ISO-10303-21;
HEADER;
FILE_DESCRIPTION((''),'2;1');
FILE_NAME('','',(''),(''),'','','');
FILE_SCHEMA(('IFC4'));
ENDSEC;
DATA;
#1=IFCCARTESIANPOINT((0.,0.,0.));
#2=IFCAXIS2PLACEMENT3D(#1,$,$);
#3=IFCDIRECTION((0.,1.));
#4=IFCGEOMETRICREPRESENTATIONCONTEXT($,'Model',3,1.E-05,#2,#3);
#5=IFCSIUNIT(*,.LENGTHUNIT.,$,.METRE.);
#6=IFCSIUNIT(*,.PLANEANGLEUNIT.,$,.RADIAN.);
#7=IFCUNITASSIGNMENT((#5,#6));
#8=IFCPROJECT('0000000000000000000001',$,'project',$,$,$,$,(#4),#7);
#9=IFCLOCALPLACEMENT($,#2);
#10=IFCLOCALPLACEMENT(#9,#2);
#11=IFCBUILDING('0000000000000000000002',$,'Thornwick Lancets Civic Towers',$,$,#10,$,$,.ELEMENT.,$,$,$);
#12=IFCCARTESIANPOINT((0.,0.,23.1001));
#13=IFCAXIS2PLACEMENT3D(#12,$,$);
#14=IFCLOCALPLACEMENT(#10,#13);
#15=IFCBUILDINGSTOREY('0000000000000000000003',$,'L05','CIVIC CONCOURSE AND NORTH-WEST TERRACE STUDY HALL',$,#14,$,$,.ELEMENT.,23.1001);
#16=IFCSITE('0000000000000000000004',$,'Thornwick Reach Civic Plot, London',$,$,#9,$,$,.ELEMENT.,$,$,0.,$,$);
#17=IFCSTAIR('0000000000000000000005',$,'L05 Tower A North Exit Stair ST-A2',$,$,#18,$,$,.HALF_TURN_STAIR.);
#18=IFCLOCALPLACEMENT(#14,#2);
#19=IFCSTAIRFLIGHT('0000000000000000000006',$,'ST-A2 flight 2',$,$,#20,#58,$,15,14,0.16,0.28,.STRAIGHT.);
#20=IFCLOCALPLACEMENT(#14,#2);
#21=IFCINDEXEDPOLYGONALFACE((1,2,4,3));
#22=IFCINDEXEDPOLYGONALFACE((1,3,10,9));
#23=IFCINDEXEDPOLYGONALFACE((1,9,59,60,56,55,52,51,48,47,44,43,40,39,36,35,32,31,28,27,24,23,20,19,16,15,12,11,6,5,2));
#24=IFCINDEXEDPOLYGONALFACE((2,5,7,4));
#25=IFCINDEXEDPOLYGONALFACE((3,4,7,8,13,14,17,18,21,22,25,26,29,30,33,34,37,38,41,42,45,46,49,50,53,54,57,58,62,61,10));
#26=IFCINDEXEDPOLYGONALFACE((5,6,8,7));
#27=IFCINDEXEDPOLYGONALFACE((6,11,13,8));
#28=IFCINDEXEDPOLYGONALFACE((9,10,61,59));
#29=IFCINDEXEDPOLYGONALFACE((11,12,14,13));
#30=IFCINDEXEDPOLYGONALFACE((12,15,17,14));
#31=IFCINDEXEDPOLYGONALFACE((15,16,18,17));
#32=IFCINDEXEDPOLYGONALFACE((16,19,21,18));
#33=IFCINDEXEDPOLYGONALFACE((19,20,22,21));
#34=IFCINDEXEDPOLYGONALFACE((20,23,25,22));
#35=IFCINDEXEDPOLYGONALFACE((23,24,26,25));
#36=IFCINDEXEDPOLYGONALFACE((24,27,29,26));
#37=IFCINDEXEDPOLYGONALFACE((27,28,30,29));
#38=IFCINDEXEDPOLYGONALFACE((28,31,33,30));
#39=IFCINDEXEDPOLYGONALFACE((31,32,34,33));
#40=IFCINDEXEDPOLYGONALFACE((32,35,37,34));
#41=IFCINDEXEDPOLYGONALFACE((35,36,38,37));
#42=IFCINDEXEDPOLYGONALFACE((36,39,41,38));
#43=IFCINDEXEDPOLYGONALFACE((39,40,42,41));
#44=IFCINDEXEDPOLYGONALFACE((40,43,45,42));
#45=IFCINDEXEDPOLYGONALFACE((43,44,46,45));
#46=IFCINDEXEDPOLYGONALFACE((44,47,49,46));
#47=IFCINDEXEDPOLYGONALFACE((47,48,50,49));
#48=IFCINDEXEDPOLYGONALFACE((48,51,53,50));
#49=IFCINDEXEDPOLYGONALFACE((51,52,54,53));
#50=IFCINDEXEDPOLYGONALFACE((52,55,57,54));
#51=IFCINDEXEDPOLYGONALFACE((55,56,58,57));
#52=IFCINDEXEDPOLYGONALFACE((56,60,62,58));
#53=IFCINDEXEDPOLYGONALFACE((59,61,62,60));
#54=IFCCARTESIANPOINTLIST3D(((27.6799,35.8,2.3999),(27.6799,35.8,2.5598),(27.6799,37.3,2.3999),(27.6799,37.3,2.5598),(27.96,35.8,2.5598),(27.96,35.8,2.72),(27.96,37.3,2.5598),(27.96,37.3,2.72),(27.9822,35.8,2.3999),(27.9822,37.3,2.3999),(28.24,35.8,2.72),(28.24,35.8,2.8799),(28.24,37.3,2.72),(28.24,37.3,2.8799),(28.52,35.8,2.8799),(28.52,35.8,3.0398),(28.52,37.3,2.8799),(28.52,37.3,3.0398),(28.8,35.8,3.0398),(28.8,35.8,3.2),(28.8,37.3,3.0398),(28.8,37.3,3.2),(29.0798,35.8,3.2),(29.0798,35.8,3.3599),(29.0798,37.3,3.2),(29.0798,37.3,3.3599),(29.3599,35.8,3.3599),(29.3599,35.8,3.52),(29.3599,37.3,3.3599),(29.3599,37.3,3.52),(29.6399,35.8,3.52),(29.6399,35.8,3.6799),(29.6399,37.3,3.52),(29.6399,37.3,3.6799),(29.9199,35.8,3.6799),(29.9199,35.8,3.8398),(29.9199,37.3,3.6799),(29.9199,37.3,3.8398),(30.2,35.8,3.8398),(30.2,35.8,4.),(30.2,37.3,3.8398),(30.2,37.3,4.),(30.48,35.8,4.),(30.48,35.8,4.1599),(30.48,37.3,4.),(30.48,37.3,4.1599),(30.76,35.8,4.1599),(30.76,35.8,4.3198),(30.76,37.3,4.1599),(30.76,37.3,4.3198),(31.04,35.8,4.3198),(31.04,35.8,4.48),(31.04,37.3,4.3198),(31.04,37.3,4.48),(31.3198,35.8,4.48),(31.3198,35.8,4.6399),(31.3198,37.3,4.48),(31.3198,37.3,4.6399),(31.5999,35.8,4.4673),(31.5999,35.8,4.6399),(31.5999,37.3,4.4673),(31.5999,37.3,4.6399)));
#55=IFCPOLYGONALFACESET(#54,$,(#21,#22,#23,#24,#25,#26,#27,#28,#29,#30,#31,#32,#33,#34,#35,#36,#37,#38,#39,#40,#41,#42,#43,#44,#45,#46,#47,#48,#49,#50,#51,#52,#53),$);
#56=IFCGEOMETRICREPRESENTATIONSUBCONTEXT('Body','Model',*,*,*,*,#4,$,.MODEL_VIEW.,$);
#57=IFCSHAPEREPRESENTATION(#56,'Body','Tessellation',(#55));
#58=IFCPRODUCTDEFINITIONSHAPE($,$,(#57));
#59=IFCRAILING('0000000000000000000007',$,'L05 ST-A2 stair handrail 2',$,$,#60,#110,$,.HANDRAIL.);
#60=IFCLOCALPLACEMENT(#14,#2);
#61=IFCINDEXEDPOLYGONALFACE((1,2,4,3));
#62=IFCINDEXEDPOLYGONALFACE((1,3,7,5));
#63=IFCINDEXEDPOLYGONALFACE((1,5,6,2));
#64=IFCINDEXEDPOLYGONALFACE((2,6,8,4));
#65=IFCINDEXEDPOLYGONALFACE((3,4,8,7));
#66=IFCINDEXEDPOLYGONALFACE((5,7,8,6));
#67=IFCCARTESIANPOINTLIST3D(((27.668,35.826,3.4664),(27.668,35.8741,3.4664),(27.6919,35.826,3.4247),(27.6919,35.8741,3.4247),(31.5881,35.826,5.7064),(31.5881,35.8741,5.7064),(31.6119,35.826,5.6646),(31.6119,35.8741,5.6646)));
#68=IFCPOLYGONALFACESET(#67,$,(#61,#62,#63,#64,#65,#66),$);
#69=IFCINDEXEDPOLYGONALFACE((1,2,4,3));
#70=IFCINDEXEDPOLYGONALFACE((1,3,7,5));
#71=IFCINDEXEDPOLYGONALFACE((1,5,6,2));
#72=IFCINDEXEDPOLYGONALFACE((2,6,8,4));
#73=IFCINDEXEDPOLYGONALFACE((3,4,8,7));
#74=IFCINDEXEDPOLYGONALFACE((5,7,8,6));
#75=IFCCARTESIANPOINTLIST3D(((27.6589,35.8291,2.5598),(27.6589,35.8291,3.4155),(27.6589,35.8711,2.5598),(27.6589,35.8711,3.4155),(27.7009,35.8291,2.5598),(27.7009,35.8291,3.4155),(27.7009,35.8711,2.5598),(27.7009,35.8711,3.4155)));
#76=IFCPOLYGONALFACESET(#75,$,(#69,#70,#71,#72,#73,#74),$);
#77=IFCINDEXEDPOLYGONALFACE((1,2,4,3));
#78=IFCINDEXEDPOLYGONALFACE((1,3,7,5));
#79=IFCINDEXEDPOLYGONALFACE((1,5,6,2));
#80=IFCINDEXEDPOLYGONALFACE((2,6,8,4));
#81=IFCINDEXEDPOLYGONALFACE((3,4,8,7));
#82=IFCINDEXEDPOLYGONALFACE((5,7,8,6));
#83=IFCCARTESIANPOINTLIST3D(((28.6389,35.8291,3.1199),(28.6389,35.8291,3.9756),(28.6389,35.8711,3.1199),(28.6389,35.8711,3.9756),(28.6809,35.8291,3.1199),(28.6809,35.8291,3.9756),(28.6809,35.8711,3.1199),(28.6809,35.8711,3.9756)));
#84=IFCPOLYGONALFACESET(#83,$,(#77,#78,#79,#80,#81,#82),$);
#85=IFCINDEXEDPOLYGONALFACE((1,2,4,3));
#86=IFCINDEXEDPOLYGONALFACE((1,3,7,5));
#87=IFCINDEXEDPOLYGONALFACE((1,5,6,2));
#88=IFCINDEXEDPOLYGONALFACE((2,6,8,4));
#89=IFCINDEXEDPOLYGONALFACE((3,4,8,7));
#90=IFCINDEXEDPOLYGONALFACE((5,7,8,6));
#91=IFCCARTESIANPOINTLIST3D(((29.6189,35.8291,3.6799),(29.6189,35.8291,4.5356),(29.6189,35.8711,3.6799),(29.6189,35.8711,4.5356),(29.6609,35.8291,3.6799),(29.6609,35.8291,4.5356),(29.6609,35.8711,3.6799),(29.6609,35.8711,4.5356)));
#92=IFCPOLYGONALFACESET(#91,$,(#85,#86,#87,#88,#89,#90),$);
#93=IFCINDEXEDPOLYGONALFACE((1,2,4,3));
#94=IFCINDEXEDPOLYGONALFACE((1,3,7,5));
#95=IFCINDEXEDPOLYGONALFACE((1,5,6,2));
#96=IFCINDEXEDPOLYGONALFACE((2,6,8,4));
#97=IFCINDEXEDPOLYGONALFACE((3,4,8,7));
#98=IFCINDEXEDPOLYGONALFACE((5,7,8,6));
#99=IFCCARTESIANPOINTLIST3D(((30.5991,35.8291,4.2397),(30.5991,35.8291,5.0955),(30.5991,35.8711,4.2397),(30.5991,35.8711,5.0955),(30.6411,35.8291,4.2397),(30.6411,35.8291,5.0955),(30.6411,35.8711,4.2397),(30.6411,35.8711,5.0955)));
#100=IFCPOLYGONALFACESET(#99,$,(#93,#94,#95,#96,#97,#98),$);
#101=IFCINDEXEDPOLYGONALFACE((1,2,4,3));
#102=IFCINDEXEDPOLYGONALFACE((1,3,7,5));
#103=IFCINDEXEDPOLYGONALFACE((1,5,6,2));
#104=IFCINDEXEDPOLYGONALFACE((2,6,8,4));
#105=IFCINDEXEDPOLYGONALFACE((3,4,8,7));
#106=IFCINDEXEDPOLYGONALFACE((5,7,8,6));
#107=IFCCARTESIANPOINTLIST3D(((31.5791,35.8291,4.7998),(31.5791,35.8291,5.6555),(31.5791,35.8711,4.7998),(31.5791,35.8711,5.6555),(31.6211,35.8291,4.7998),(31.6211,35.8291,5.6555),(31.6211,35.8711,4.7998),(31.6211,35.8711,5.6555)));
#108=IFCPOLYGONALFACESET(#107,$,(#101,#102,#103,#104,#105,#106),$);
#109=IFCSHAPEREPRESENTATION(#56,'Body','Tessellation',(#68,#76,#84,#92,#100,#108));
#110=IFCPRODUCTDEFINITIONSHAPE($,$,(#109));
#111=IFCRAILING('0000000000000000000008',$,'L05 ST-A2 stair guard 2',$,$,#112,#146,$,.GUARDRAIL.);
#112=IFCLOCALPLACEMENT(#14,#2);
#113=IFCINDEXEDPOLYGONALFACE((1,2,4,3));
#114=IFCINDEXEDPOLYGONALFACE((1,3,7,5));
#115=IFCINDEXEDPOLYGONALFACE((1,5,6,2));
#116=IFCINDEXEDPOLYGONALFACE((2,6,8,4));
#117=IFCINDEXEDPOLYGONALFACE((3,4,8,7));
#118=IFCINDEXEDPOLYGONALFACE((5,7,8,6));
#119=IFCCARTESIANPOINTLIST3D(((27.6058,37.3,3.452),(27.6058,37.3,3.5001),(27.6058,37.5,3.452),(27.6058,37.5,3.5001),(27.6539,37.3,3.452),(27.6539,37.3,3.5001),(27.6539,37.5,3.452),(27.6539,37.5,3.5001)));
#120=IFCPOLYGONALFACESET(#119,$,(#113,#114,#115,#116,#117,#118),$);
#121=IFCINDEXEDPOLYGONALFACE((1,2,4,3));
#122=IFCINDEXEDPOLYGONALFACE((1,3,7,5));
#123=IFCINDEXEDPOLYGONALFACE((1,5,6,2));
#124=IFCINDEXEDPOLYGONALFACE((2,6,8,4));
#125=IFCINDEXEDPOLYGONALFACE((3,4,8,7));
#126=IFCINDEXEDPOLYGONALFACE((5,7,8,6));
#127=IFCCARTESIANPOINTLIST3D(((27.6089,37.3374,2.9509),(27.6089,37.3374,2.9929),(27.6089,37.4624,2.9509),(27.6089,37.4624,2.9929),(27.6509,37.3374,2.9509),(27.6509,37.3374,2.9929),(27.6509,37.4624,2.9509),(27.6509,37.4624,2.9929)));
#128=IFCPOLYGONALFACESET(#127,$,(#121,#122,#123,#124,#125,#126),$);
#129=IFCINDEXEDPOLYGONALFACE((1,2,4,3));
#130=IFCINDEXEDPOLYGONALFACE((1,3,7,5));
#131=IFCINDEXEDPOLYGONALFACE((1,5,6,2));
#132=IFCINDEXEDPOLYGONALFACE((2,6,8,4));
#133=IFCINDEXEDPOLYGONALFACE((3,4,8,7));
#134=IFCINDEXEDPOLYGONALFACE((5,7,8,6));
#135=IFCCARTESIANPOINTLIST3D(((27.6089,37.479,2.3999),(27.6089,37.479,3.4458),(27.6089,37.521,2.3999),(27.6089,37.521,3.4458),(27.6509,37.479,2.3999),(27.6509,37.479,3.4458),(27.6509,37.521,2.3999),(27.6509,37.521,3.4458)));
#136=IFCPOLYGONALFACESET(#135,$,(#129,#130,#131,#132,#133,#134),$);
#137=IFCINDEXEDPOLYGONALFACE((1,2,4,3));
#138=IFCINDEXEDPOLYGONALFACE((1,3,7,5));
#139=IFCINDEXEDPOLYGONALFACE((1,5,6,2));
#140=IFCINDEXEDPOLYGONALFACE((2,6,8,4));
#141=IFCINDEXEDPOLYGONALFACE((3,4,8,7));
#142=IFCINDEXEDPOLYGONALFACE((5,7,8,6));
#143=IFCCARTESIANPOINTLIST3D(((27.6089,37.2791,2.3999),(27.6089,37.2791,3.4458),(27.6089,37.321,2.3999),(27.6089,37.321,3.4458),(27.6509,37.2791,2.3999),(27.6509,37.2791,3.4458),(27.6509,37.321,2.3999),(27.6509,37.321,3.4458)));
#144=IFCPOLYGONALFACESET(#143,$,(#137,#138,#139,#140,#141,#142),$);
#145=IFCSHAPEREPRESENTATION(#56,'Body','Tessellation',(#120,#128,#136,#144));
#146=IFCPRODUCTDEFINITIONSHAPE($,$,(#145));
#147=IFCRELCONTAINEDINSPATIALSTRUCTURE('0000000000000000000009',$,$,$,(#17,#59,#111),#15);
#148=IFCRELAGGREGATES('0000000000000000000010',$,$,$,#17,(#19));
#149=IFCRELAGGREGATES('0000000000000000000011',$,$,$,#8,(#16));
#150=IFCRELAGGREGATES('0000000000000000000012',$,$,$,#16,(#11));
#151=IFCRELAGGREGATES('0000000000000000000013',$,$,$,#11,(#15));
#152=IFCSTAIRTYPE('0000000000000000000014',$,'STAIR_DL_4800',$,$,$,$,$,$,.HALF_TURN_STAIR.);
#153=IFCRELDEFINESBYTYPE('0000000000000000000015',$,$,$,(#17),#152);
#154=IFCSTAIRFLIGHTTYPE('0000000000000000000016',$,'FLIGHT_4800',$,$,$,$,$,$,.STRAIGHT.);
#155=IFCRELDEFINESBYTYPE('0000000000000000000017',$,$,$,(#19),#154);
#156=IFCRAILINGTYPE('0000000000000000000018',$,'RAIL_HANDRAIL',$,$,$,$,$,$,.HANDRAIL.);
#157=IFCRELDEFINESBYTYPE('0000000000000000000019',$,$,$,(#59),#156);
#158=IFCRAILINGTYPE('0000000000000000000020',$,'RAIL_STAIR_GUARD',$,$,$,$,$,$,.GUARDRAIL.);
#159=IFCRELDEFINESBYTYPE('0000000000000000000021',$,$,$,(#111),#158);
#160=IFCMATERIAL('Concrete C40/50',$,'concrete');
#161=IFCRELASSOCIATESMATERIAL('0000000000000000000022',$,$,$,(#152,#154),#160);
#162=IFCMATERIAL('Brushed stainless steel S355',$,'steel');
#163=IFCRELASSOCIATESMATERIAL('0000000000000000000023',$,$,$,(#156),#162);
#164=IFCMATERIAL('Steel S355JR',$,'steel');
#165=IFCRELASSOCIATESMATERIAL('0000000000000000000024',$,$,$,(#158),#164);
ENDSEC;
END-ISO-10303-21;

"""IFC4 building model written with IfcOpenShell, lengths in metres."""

from ifc_helpers import new_model, si_unit, direction, frame, origin, origin_2d, place, context, subcontext, project, spatial, polyline, rectangle, outline, extrude, material, type_object, element, aggregate, save


model = new_model("IFC4")

# Units and contexts
model_context = context("Model", 3, precision=1e-05, world=origin(), true_north=direction((0.0, 1.0)))
body_context = subcontext(model_context, "Body", "Model", "MODEL_VIEW")
ifc_project = project(units=[si_unit("LENGTHUNIT", "METRE"), si_unit("PLANEANGLEUNIT", "RADIAN")], contexts=[model_context])

# Site, building, storey
site_placement = place(None, origin())
site = spatial("IfcSite", under=ifc_project, at=site_placement, Name="Thornwick Reach Civic Plot, London", CompositionType="ELEMENT", RefElevation=0.0)
building_placement = place(site_placement, origin())
building = spatial("IfcBuilding", under=site, at=building_placement, Name="Thornwick Lancets Civic Towers", CompositionType="ELEMENT")
storey_placement = place(building_placement, frame((0.0, 0.0, 23.1001)))
storey = spatial("IfcBuildingStorey", under=building, at=storey_placement, Name="L05", Description="CIVIC CONCOURSE AND NORTH-WEST TERRACE STUDY HALL", CompositionType="ELEMENT", Elevation=23.1001)

# Shared definitions
ifc_material_1 = material(Name="Concrete C40/50", Category="concrete")

# Stair, stair flight
stair_type = type_object("IfcStairType", Name="STAIR_DL_4800", PredefinedType="HALF_TURN_STAIR", material=ifc_material_1)
stair_placement = place(storey_placement, origin())
stair = element("IfcStair", 1, at=stair_placement, inside=storey, type_object=stair_type, Name="L05 Tower A North Exit Stair ST-A2", PredefinedType="HALF_TURN_STAIR")
stair_flight_type = type_object("IfcStairFlightType", Name="FLIGHT_4800", PredefinedType="STRAIGHT", material=ifc_material_1)
stair_flight_placement = place(storey_placement, frame((27.6799, 36.55, 2.3999), z_axis=(0.0, 0.0, 1.0), x_axis=(1.0, 0.0, 0.0)))
stair_flight = element("IfcStairFlight", 2, at=stair_flight_placement, type_object=stair_flight_type, Name="ST-A2 flight 2", NumberOfRisers=15, NumberOfTreads=14, PredefinedType="STRAIGHT", RiserHeight=0.16, TreadLength=0.28, context=body_context, shape_type="SweptSolid", body=[
    extrude(outline(polyline([(0.0, 0.0), (0.0, 0.1599), (0.28, 0.1599), (0.28, 0.3201), (0.5601, 0.3201), (0.5601, 0.48), (0.8401, 0.48), (0.8401, 0.6399), (1.1201, 0.6399), (1.1201, 0.8), (1.3999, 0.8), (1.3999, 0.96), (1.6799, 0.96), (1.6799, 1.1201), (1.96, 1.1201), (1.96, 1.28), (2.24, 1.28), (2.24, 1.4399), (2.52, 1.4399), (2.52, 1.6001), (2.8, 1.6001), (2.8, 1.76), (3.0801, 1.76), (3.0801, 1.9199), (3.3601, 1.9199), (3.3601, 2.0801), (3.6399, 2.0801), (3.6399, 2.24), (3.9199, 2.24), (3.9199, 2.3999), (3.9199, 2.0674), (0.3022, 0.0), (0.0, 0.0)])), frame((0.0, 0.75, 0.0), z_axis=(0.0, -1.0, 0.0), x_axis=(1.0, 0.0, 0.0)), (0.0, 0.0, 1.0), 1.5),
])
aggregate(stair, [stair_flight])

# Railings
ifc_material_2 = material(Name="Brushed stainless steel S355", Category="steel")
railing_type_1 = type_object("IfcRailingType", Name="RAIL_HANDRAIL", PredefinedType="HANDRAIL", material=ifc_material_2)
railing_1_placement = place(storey_placement, frame((27.6799, 35.8501, 2.5598)))
element("IfcRailing", 3, at=railing_1_placement, inside=storey, type_object=railing_type_1, Name="L05 ST-A2 stair handrail 2", PredefinedType="HANDRAIL", context=body_context, shape_type="SweptSolid", body=[
    extrude(rectangle(XDim=0.0481, YDim=0.0481, at=origin_2d()), frame((0.0, 0.0, 0.8857), z_axis=(0.868253, 0.0, 0.496121), x_axis=(0.0, 1.0, 0.0)), (0.0, 0.0, 1.0), 4.5149),
    extrude(rectangle(XDim=0.042, YDim=0.042, at=origin_2d()), origin(), (0.0, 0.0, 1.0), 0.8557),
    extrude(rectangle(XDim=0.042, YDim=0.042, at=origin_2d()), frame((0.98, 0.0, 0.5601)), (0.0, 0.0, 1.0), 0.8557),
    extrude(rectangle(XDim=0.042, YDim=0.042, at=origin_2d()), frame((1.96, 0.0, 1.1201)), (0.0, 0.0, 1.0), 0.8557),
    extrude(rectangle(XDim=0.042, YDim=0.042, at=origin_2d()), frame((2.9402, 0.0, 1.6799)), (0.0, 0.0, 1.0), 0.8557),
    extrude(rectangle(XDim=0.042, YDim=0.042, at=origin_2d()), frame((3.9202, 0.0, 2.24)), (0.0, 0.0, 1.0), 0.8557),
])
ifc_material_3 = material(Name="Steel S355JR", Category="steel")
railing_type_2 = type_object("IfcRailingType", Name="RAIL_STAIR_GUARD", PredefinedType="GUARDRAIL", material=ifc_material_3)
railing_2_placement = place(storey_placement, frame((27.6299, 37.5, 2.3999)))
element("IfcRailing", 4, at=railing_2_placement, inside=storey, type_object=railing_type_2, Name="L05 ST-A2 stair guard 2", PredefinedType="GUARDRAIL", context=body_context, shape_type="SweptSolid", body=[
    extrude(rectangle(XDim=0.0481, YDim=0.0481, at=origin_2d()), frame((0.0, 0.0, 1.0762), z_axis=(0.0, -1.0, 0.0), x_axis=(1.0, 0.0, 0.0)), (0.0, 0.0, 1.0), 0.2),
    extrude(rectangle(XDim=0.042, YDim=0.042, at=origin_2d()), frame((0.0, -0.0376, 0.572), z_axis=(0.0, -1.0, 0.0), x_axis=(1.0, 0.0, 0.0)), (0.0, 0.0, 1.0), 0.125),
    extrude(rectangle(XDim=0.042, YDim=0.042, at=origin_2d()), origin(), (0.0, 0.0, 1.0), 1.0459),
    extrude(rectangle(XDim=0.042, YDim=0.042, at=origin_2d()), frame((0.0, -0.2, 0.0)), (0.0, 0.0, 1.0), 1.0459),
])

save(model, "model.ifc")
